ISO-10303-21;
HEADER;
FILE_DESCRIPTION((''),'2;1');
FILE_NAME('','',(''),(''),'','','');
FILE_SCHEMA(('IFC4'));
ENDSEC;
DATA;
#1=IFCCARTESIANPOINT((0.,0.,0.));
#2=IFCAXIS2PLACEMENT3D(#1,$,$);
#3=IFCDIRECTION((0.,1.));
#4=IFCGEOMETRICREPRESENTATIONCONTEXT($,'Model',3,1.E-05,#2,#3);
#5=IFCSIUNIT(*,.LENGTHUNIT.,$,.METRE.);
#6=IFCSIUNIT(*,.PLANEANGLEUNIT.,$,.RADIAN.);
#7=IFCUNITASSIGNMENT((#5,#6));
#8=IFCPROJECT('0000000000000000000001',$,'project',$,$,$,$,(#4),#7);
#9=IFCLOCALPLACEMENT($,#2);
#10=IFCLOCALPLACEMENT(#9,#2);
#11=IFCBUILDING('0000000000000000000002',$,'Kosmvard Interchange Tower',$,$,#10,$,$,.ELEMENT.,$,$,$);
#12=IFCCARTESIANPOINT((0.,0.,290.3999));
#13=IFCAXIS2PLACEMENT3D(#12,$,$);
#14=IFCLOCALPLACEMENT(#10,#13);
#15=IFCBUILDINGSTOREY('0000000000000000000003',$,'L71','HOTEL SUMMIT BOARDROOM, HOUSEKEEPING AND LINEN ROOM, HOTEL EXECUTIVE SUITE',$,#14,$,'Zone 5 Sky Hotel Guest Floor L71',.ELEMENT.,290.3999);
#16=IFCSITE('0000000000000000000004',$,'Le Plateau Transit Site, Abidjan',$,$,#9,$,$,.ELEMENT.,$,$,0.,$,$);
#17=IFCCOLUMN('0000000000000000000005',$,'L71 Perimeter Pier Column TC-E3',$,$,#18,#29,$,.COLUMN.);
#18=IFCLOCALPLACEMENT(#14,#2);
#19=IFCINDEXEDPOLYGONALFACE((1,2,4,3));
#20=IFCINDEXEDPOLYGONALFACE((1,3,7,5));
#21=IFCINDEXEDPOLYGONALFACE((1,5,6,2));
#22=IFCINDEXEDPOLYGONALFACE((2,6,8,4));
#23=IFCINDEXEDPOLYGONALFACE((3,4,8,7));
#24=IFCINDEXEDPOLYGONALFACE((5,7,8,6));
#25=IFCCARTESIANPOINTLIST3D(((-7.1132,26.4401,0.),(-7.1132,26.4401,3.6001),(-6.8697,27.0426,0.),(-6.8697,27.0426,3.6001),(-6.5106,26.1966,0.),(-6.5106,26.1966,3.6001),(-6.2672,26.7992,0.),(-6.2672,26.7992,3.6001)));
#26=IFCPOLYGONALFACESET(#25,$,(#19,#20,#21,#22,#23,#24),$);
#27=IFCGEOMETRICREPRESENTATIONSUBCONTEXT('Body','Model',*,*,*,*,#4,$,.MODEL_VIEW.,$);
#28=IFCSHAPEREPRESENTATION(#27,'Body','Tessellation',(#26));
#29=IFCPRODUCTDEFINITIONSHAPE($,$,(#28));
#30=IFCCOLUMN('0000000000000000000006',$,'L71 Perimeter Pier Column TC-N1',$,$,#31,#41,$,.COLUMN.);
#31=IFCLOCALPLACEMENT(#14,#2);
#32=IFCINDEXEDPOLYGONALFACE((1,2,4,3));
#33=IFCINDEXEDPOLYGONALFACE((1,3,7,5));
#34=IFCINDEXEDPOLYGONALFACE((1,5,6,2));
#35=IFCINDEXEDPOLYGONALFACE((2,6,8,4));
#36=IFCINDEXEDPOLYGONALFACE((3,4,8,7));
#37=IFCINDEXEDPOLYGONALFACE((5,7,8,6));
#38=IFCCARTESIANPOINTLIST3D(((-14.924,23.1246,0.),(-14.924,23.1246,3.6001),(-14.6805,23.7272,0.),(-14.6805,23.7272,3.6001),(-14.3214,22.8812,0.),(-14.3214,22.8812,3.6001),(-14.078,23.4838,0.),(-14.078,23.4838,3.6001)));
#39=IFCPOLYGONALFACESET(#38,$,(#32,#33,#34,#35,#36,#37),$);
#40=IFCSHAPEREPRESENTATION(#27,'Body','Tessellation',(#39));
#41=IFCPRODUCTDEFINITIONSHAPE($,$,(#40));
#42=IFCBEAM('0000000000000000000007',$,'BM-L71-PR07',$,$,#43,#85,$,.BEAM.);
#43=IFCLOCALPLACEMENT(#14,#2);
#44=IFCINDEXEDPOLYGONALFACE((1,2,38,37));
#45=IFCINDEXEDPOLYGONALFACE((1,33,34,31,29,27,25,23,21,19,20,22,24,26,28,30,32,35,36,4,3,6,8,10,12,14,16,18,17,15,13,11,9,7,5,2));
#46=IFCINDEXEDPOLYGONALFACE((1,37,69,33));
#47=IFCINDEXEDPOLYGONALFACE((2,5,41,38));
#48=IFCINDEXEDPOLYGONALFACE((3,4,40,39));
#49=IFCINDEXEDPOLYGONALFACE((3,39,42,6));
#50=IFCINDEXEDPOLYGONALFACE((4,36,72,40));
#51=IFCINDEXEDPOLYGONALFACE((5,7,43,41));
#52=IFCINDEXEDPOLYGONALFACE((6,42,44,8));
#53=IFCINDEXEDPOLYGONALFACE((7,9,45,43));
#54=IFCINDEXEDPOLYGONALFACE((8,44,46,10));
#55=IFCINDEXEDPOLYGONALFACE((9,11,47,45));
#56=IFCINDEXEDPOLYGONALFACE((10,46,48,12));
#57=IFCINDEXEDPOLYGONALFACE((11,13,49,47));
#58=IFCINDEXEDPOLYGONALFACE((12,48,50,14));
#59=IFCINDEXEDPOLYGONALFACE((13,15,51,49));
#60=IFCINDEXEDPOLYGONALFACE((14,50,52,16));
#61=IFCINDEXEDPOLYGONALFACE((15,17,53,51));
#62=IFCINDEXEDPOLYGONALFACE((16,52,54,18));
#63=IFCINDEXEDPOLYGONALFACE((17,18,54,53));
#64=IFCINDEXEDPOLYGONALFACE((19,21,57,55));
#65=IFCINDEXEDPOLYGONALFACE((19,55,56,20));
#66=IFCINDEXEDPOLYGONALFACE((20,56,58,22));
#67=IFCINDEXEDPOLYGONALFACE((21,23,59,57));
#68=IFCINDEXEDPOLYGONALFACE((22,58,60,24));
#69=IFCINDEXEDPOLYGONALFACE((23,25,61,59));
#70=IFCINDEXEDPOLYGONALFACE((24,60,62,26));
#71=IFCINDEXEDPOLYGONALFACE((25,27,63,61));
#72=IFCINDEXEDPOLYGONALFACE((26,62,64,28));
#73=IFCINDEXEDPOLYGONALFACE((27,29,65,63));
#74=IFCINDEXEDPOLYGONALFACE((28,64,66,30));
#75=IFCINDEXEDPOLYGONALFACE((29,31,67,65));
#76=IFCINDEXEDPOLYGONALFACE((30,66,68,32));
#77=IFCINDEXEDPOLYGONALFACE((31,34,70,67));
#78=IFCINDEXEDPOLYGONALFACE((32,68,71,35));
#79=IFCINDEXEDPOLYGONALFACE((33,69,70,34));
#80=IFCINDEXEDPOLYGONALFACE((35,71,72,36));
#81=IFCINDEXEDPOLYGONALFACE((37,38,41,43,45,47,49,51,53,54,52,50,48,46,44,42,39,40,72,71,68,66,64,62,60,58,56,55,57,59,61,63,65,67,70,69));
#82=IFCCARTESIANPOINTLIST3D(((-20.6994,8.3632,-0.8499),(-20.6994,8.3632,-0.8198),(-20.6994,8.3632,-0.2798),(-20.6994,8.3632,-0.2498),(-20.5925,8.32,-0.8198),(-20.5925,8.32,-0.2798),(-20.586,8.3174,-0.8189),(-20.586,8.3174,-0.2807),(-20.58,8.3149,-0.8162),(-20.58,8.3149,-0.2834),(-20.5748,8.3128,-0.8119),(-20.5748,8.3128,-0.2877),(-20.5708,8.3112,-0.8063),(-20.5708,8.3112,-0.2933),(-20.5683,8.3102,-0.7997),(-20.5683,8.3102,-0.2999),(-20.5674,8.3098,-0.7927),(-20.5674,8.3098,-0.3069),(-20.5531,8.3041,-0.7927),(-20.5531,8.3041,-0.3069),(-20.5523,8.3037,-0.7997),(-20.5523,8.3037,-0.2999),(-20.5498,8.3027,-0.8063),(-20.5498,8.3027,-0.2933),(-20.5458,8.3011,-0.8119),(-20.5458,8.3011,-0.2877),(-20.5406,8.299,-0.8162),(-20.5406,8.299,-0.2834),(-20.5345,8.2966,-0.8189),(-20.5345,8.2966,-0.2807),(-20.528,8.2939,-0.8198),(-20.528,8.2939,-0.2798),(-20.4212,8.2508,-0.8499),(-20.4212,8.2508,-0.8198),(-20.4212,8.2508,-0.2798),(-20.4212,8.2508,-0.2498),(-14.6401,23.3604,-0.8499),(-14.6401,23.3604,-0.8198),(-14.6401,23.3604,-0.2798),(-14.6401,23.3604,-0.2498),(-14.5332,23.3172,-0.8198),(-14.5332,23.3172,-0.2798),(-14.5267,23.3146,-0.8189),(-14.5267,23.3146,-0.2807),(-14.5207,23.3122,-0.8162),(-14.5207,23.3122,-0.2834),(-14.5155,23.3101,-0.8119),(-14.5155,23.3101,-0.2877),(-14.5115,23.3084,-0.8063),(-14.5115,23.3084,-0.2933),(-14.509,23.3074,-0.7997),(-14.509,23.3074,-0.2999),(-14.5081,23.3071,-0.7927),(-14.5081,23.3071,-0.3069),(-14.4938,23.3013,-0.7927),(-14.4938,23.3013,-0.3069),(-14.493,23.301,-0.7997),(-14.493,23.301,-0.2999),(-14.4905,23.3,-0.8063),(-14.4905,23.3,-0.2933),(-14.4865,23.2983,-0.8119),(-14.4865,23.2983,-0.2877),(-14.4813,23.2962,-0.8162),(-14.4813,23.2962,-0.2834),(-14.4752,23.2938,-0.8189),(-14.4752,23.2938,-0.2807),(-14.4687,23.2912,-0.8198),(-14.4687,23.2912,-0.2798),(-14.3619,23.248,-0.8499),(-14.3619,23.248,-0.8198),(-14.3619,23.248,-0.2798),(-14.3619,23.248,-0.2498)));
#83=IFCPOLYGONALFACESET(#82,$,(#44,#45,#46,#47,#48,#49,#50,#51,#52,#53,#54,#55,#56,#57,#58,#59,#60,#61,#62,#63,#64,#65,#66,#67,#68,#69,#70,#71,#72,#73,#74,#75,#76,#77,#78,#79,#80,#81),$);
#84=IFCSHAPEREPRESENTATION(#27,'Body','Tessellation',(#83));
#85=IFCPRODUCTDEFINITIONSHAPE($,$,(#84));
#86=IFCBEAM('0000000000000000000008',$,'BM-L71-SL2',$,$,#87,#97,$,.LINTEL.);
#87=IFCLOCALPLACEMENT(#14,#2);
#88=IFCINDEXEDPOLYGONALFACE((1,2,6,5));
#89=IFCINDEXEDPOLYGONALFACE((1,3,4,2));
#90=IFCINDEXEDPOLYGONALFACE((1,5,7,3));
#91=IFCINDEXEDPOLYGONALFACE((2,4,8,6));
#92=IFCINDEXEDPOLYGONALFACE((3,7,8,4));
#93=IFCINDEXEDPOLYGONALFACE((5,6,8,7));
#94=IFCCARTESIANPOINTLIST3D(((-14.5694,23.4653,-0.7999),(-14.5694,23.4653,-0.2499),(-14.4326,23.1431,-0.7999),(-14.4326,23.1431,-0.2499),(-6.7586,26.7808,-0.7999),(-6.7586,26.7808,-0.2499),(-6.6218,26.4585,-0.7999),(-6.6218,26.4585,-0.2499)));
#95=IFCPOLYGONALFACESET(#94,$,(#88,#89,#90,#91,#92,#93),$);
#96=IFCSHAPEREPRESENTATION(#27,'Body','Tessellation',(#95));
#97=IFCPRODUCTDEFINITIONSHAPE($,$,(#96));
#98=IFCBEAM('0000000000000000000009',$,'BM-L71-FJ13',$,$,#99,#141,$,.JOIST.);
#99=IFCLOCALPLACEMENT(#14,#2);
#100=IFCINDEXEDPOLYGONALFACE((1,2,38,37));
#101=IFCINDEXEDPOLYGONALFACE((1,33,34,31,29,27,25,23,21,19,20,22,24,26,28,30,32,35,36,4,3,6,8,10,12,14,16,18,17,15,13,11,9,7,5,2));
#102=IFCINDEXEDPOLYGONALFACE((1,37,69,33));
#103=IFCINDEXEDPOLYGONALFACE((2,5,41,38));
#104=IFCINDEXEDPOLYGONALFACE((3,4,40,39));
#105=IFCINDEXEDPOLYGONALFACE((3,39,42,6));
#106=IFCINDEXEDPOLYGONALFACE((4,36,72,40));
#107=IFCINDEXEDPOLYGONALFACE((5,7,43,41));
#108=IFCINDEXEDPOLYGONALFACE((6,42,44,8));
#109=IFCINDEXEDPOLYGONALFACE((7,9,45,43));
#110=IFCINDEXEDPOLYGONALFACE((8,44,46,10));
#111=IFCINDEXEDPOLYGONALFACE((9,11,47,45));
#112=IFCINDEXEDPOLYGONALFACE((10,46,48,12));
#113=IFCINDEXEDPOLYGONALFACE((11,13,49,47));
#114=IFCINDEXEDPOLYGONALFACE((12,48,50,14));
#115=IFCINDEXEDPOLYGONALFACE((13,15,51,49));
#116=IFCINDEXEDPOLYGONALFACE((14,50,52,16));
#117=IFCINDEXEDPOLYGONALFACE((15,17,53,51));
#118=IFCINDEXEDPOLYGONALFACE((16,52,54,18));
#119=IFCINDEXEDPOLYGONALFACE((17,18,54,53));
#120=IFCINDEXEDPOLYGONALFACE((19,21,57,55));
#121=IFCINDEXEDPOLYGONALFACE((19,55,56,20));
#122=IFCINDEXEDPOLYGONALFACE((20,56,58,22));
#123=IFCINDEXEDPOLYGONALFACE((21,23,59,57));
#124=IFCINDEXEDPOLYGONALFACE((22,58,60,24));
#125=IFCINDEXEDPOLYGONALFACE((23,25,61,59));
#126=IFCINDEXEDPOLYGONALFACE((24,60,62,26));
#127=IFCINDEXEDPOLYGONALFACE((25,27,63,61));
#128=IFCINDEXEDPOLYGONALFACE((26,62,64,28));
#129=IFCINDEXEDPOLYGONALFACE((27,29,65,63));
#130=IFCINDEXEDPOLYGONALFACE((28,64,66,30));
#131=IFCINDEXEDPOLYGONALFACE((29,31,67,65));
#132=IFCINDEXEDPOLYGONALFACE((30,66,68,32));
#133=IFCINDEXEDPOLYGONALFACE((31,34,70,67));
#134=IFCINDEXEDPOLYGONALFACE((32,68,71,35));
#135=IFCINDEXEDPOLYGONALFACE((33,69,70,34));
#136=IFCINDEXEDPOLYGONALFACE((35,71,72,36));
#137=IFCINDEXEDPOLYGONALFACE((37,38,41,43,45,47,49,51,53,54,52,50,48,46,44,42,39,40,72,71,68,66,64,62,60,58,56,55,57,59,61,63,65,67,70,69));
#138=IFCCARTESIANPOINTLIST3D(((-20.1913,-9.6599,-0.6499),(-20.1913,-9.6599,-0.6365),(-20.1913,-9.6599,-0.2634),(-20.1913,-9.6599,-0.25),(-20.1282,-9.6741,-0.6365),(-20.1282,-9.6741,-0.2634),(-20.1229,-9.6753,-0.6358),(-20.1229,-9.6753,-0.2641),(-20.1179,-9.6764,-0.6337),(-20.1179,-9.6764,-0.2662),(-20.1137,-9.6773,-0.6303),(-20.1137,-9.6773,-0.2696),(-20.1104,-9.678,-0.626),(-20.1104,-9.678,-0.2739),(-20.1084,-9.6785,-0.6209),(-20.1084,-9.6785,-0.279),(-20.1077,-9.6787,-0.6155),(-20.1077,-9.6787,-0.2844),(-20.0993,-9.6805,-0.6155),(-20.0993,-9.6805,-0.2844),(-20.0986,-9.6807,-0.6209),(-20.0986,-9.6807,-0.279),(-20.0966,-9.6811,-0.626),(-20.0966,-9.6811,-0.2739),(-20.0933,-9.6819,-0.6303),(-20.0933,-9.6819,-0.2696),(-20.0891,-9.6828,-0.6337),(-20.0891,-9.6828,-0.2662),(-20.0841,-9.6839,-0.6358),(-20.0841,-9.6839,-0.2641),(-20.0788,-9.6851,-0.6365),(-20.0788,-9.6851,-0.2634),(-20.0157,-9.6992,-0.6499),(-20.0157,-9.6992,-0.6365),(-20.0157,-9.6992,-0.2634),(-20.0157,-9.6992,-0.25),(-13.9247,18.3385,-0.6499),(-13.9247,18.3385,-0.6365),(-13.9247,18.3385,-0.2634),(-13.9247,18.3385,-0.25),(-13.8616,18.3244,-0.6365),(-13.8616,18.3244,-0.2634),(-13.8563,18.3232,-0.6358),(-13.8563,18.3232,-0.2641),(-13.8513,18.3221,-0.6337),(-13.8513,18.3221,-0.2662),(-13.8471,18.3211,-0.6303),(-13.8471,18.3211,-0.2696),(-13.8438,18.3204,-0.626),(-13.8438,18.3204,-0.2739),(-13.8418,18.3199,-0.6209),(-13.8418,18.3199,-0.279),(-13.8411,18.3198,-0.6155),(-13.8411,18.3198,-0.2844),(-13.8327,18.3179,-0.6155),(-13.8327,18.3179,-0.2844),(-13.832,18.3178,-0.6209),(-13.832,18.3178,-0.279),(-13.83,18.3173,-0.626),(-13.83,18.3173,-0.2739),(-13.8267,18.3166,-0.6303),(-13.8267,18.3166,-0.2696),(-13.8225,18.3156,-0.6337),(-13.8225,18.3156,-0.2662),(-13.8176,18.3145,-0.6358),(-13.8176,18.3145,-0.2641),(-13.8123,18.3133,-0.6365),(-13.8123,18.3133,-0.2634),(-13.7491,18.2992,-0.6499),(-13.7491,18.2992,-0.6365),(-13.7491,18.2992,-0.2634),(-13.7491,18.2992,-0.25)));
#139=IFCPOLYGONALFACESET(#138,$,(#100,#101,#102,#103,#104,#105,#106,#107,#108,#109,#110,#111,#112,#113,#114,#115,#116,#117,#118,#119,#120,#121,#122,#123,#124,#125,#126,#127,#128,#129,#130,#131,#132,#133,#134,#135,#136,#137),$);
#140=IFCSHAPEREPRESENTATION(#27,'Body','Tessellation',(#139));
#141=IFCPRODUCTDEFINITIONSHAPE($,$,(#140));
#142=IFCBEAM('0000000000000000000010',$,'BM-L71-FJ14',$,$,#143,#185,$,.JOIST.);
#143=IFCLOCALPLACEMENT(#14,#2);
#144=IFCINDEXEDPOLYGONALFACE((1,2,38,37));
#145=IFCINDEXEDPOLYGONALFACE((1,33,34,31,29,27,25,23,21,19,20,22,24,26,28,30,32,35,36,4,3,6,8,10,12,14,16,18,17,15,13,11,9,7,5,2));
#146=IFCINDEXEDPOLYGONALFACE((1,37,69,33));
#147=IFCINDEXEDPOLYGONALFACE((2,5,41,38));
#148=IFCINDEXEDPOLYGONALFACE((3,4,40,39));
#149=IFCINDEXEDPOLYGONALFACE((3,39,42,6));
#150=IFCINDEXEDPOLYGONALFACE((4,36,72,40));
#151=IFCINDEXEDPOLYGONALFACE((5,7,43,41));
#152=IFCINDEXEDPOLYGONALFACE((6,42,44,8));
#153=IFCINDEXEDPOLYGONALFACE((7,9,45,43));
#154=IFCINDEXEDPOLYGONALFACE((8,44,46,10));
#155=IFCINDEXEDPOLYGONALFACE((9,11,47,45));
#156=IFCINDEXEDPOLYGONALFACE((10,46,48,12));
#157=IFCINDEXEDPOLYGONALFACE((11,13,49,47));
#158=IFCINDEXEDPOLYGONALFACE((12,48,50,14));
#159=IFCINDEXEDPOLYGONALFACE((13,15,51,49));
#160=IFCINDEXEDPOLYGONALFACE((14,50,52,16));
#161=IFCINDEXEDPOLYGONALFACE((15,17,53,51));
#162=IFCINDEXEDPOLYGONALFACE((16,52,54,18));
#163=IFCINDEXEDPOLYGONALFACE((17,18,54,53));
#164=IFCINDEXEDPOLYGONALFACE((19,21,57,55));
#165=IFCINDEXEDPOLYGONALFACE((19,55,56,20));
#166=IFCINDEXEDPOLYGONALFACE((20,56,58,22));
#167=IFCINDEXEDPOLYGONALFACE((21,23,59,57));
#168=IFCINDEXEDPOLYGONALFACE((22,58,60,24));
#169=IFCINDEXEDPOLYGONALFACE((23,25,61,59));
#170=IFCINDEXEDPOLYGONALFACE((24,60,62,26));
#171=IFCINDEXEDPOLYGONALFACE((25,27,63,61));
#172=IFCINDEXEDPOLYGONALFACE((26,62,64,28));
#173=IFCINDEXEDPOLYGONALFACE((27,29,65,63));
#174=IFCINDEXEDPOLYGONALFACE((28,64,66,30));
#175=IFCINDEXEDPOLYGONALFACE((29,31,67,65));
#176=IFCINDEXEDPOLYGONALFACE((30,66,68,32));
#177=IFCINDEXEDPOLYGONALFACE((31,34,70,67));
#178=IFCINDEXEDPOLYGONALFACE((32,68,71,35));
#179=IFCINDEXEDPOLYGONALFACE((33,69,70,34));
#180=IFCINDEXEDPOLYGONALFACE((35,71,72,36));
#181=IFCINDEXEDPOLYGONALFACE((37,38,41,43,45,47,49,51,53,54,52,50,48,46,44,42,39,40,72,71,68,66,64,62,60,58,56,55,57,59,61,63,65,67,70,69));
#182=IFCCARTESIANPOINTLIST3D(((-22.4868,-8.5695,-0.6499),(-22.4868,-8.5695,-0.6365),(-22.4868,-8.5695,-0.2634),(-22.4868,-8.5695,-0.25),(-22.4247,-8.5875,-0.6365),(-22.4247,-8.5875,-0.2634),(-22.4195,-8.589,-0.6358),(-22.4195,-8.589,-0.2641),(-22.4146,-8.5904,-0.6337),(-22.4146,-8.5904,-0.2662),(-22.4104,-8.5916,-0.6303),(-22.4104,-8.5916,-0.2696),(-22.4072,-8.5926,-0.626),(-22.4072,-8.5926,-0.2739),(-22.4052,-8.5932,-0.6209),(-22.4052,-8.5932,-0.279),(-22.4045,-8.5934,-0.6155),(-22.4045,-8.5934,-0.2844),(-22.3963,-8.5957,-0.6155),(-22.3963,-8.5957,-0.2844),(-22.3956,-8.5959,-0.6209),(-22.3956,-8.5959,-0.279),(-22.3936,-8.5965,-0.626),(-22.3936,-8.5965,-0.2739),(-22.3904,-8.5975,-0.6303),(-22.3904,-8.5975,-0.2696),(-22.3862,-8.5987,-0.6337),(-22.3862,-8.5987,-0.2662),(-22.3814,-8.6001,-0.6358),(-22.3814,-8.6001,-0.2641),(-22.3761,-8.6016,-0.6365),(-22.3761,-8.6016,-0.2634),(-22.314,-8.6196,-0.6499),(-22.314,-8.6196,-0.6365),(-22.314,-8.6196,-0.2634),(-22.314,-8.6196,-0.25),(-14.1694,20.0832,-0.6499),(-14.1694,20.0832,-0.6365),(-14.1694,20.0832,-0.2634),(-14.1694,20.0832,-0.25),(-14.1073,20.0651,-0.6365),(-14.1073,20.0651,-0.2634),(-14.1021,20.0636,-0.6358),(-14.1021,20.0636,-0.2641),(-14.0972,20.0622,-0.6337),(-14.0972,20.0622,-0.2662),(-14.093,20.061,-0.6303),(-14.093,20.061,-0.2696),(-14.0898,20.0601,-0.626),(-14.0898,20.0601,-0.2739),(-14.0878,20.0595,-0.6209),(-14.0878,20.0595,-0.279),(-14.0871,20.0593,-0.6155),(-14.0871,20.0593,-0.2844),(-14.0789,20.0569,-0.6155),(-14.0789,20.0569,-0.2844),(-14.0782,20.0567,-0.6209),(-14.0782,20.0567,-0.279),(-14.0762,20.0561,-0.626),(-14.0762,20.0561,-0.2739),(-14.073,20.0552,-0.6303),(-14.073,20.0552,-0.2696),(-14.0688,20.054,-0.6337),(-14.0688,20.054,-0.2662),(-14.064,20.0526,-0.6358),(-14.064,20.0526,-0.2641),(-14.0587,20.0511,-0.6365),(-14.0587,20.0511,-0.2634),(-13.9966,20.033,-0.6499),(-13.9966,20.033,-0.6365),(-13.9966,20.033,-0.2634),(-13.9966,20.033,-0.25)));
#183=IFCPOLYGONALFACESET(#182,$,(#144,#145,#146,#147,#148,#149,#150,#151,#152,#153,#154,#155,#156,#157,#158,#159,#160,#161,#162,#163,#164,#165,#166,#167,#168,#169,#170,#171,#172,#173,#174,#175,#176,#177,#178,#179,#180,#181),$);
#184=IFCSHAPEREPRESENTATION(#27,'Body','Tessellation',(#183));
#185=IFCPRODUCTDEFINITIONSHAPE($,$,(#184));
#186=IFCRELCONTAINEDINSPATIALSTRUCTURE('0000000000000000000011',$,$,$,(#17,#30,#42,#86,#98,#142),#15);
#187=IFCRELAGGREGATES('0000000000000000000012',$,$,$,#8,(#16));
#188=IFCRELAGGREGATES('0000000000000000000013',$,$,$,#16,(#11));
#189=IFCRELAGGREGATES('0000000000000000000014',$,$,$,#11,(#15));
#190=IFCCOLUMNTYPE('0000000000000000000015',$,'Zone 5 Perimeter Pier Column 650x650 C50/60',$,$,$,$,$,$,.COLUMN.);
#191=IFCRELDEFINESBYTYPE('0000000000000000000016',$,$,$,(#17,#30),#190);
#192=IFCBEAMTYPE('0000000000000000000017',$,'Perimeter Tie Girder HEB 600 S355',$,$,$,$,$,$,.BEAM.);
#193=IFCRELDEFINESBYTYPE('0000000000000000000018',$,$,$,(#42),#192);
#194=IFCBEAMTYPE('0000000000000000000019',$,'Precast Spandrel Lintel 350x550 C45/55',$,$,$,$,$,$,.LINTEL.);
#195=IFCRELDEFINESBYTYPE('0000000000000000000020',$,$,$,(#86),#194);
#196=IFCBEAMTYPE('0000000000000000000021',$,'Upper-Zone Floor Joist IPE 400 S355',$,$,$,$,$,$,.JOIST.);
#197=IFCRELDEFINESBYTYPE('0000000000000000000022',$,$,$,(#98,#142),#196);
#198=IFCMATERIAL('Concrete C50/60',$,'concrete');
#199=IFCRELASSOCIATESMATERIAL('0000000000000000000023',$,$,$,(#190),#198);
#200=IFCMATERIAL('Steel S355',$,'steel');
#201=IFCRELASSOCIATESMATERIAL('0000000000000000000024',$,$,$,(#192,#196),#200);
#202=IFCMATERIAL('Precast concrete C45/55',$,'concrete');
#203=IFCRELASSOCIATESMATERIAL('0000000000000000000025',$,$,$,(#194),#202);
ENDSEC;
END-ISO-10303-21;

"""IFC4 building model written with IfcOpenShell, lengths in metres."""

from ifc_helpers import new_model, si_unit, direction, frame, origin, origin_2d, place, context, subcontext, project, spatial, rectangle, i_section, extrude, source, transform, mapped, material, material_profile, profile_set, type_object, element, save


model = new_model("IFC4")

# Units and contexts
model_context = context("Model", 3, precision=1e-05, world=origin(), true_north=direction((0.0, 1.0)))
body_context = subcontext(model_context, "Body", "Model", "MODEL_VIEW")
ifc_project = project(units=[si_unit("LENGTHUNIT", "METRE"), si_unit("PLANEANGLEUNIT", "RADIAN")], contexts=[model_context])

# Site, building, storey
site_placement = place(None, origin())
site = spatial("IfcSite", under=ifc_project, at=site_placement, Name="Le Plateau Transit Site, Abidjan", CompositionType="ELEMENT", RefElevation=0.0)
building_placement = place(site_placement, origin())
building = spatial("IfcBuilding", under=site, at=building_placement, Name="Kosmvard Interchange Tower", CompositionType="ELEMENT")
storey_placement = place(building_placement, frame((0.0, 0.0, 290.3999)))
storey = spatial("IfcBuildingStorey", under=building, at=storey_placement, Name="L71", Description="HOTEL SUMMIT BOARDROOM, HOUSEKEEPING AND LINEN ROOM, HOTEL EXECUTIVE SUITE", LongName="Zone 5 Sky Hotel Guest Floor L71", CompositionType="ELEMENT", Elevation=290.3999)

# Columns
ifc_material_1 = material(Name="Concrete C50/60", Category="concrete")
ifc_material_profile_1 = material_profile(ifc_material_1, rectangle(XDim=0.6499, YDim=0.6499, at=origin_2d()), Name="TC 650x650")
ifc_profile_set_1 = profile_set([ifc_material_profile_1], Name="Concrete C50/60")
column_type = type_object("IfcColumnType", Name="Zone 5 Perimeter Pier Column 650x650 C50/60", PredefinedType="COLUMN", material=ifc_profile_set_1)
shared_shape_1 = source(origin(), body_context, "Body", "SweptSolid", [
    extrude(rectangle(XDim=0.6499, YDim=0.6499, at=origin_2d()), origin(), (0.0, 0.0, 1.0), 3.6001),
])
for number, where, z_axis, x_axis, name in (
    (1, (-6.6902, 26.6196, 0.0), (0.0, 0.0, 1.0), (0.374607, 0.927184, 0.0), "L71 Perimeter Pier Column TC-E3"),
    (2, (-14.501, 23.3042, 0.0), (0.0, 0.0, 1.0), (0.374607, 0.927184, 0.0), "L71 Perimeter Pier Column TC-N1"),
):
    element("IfcColumn", number, at=place(storey_placement, frame(where, z_axis=z_axis, x_axis=x_axis)), inside=storey, type_object=column_type, Name=name, PredefinedType="COLUMN", context=body_context, shape_type="MappedRepresentation", body=[
        mapped(shared_shape_1, transform((0.0, 0.0, 0.0), scale=1.0)),
    ])

# Beams
ifc_material_2 = material(Name="Steel S355", Category="steel")
ifc_material_profile_2 = material_profile(ifc_material_2, i_section(OverallWidth=0.3, OverallDepth=0.6001, WebThickness=0.0154, FlangeThickness=0.03, FilletRadius=0.0271, at=origin_2d()), Name="HEB 600")
ifc_profile_set_2 = profile_set([ifc_material_profile_2], Name="Steel S355")
beam_type_1 = type_object("IfcBeamType", Name="Perimeter Tie Girder HEB 600 S355", PredefinedType="BEAM", material=ifc_profile_set_2)
shared_shape_2 = source(origin(), body_context, "Body", "SweptSolid", [
    extrude(i_section(OverallWidth=0.3, OverallDepth=0.6001, WebThickness=0.0154, FlangeThickness=0.03, FilletRadius=0.0271, at=origin_2d()), origin(), (0.0, 0.0, 1.0), 16.175),
])
beam_1_placement = place(storey_placement, frame((-14.501, 23.3042, -0.5498), z_axis=(-0.374608, -0.927183, 0.0), x_axis=(0.927183, -0.374608, 0.0)))
element("IfcBeam", 3, at=beam_1_placement, inside=storey, type_object=beam_type_1, Name="BM-L71-PR07", PredefinedType="BEAM", context=body_context, shape_type="MappedRepresentation", body=[
    mapped(shared_shape_2, transform((0.0, 0.0, 0.0), scale=1.0)),
])
ifc_material_3 = material(Name="Precast concrete C45/55", Category="concrete")
ifc_material_profile_3 = material_profile(ifc_material_3, rectangle(XDim=0.3501, YDim=0.55, at=origin_2d()), Name="SL 350x550")
ifc_profile_set_3 = profile_set([ifc_material_profile_3], Name="Precast concrete C45/55")
beam_type_2 = type_object("IfcBeamType", Name="Precast Spandrel Lintel 350x550 C45/55", PredefinedType="LINTEL", material=ifc_profile_set_3)
shared_shape_3 = source(origin(), body_context, "Body", "SweptSolid", [
    extrude(rectangle(XDim=0.3501, YDim=0.55, at=origin_2d()), origin(), (0.0, 0.0, 1.0), 8.4854),
])
beam_2_placement = place(storey_placement, frame((-6.6902, 26.6196, -0.5249), z_axis=(-0.920507, -0.390726, 0.0), x_axis=(0.390726, -0.920507, 0.0)))
element("IfcBeam", 4, at=beam_2_placement, inside=storey, type_object=beam_type_2, Name="BM-L71-SL2", PredefinedType="LINTEL", context=body_context, shape_type="MappedRepresentation", body=[
    mapped(shared_shape_3, transform((0.0, 0.0, 0.0), scale=1.0)),
])
ifc_material_profile_4 = material_profile(ifc_material_2, i_section(OverallWidth=0.1799, OverallDepth=0.3999, WebThickness=0.0085, FlangeThickness=0.0134, FilletRadius=0.021, at=origin_2d()), Name="IPE 400")
ifc_profile_set_4 = profile_set([ifc_material_profile_4], Name="Steel S355")
beam_type_3 = type_object("IfcBeamType", Name="Upper-Zone Floor Joist IPE 400 S355", PredefinedType="JOIST", material=ifc_profile_set_4)
shared_shape_4 = source(origin(), body_context, "Body", "SweptSolid", [
    extrude(i_section(OverallWidth=0.1799, OverallDepth=0.3999, WebThickness=0.0085, FlangeThickness=0.0134, FilletRadius=0.021, at=origin_2d()), origin(), (0.0, 0.0, 1.0), 28.6912),
])
beam_3_placement = place(storey_placement, frame((-13.8369, 18.3188, -0.45), z_axis=(-0.218415, -0.975856, 0.0), x_axis=(0.975856, -0.218415, 0.0)))
element("IfcBeam", 5, at=beam_3_placement, inside=storey, type_object=beam_type_3, Name="BM-L71-FJ13", PredefinedType="JOIST", context=body_context, shape_type="MappedRepresentation", body=[
    mapped(shared_shape_4, transform((0.0, 0.0, 0.0), scale=1.0)),
])
shared_shape_5 = source(origin(), body_context, "Body", "SweptSolid", [
    extrude(i_section(OverallWidth=0.1799, OverallDepth=0.3999, WebThickness=0.0085, FlangeThickness=0.0134, FilletRadius=0.021, at=origin_2d()), origin(), (0.0, 0.0, 1.0), 29.8354),
])
beam_4_placement = place(storey_placement, frame((-14.083, 20.0581, -0.45), z_axis=(-0.278776, -0.960356, 0.0), x_axis=(0.960356, -0.278776, 0.0)))
element("IfcBeam", 6, at=beam_4_placement, inside=storey, type_object=beam_type_3, Name="BM-L71-FJ14", PredefinedType="JOIST", context=body_context, shape_type="MappedRepresentation", body=[
    mapped(shared_shape_5, transform((0.0, 0.0, 0.0), scale=1.0)),
])

save(model, "model.ifc")
